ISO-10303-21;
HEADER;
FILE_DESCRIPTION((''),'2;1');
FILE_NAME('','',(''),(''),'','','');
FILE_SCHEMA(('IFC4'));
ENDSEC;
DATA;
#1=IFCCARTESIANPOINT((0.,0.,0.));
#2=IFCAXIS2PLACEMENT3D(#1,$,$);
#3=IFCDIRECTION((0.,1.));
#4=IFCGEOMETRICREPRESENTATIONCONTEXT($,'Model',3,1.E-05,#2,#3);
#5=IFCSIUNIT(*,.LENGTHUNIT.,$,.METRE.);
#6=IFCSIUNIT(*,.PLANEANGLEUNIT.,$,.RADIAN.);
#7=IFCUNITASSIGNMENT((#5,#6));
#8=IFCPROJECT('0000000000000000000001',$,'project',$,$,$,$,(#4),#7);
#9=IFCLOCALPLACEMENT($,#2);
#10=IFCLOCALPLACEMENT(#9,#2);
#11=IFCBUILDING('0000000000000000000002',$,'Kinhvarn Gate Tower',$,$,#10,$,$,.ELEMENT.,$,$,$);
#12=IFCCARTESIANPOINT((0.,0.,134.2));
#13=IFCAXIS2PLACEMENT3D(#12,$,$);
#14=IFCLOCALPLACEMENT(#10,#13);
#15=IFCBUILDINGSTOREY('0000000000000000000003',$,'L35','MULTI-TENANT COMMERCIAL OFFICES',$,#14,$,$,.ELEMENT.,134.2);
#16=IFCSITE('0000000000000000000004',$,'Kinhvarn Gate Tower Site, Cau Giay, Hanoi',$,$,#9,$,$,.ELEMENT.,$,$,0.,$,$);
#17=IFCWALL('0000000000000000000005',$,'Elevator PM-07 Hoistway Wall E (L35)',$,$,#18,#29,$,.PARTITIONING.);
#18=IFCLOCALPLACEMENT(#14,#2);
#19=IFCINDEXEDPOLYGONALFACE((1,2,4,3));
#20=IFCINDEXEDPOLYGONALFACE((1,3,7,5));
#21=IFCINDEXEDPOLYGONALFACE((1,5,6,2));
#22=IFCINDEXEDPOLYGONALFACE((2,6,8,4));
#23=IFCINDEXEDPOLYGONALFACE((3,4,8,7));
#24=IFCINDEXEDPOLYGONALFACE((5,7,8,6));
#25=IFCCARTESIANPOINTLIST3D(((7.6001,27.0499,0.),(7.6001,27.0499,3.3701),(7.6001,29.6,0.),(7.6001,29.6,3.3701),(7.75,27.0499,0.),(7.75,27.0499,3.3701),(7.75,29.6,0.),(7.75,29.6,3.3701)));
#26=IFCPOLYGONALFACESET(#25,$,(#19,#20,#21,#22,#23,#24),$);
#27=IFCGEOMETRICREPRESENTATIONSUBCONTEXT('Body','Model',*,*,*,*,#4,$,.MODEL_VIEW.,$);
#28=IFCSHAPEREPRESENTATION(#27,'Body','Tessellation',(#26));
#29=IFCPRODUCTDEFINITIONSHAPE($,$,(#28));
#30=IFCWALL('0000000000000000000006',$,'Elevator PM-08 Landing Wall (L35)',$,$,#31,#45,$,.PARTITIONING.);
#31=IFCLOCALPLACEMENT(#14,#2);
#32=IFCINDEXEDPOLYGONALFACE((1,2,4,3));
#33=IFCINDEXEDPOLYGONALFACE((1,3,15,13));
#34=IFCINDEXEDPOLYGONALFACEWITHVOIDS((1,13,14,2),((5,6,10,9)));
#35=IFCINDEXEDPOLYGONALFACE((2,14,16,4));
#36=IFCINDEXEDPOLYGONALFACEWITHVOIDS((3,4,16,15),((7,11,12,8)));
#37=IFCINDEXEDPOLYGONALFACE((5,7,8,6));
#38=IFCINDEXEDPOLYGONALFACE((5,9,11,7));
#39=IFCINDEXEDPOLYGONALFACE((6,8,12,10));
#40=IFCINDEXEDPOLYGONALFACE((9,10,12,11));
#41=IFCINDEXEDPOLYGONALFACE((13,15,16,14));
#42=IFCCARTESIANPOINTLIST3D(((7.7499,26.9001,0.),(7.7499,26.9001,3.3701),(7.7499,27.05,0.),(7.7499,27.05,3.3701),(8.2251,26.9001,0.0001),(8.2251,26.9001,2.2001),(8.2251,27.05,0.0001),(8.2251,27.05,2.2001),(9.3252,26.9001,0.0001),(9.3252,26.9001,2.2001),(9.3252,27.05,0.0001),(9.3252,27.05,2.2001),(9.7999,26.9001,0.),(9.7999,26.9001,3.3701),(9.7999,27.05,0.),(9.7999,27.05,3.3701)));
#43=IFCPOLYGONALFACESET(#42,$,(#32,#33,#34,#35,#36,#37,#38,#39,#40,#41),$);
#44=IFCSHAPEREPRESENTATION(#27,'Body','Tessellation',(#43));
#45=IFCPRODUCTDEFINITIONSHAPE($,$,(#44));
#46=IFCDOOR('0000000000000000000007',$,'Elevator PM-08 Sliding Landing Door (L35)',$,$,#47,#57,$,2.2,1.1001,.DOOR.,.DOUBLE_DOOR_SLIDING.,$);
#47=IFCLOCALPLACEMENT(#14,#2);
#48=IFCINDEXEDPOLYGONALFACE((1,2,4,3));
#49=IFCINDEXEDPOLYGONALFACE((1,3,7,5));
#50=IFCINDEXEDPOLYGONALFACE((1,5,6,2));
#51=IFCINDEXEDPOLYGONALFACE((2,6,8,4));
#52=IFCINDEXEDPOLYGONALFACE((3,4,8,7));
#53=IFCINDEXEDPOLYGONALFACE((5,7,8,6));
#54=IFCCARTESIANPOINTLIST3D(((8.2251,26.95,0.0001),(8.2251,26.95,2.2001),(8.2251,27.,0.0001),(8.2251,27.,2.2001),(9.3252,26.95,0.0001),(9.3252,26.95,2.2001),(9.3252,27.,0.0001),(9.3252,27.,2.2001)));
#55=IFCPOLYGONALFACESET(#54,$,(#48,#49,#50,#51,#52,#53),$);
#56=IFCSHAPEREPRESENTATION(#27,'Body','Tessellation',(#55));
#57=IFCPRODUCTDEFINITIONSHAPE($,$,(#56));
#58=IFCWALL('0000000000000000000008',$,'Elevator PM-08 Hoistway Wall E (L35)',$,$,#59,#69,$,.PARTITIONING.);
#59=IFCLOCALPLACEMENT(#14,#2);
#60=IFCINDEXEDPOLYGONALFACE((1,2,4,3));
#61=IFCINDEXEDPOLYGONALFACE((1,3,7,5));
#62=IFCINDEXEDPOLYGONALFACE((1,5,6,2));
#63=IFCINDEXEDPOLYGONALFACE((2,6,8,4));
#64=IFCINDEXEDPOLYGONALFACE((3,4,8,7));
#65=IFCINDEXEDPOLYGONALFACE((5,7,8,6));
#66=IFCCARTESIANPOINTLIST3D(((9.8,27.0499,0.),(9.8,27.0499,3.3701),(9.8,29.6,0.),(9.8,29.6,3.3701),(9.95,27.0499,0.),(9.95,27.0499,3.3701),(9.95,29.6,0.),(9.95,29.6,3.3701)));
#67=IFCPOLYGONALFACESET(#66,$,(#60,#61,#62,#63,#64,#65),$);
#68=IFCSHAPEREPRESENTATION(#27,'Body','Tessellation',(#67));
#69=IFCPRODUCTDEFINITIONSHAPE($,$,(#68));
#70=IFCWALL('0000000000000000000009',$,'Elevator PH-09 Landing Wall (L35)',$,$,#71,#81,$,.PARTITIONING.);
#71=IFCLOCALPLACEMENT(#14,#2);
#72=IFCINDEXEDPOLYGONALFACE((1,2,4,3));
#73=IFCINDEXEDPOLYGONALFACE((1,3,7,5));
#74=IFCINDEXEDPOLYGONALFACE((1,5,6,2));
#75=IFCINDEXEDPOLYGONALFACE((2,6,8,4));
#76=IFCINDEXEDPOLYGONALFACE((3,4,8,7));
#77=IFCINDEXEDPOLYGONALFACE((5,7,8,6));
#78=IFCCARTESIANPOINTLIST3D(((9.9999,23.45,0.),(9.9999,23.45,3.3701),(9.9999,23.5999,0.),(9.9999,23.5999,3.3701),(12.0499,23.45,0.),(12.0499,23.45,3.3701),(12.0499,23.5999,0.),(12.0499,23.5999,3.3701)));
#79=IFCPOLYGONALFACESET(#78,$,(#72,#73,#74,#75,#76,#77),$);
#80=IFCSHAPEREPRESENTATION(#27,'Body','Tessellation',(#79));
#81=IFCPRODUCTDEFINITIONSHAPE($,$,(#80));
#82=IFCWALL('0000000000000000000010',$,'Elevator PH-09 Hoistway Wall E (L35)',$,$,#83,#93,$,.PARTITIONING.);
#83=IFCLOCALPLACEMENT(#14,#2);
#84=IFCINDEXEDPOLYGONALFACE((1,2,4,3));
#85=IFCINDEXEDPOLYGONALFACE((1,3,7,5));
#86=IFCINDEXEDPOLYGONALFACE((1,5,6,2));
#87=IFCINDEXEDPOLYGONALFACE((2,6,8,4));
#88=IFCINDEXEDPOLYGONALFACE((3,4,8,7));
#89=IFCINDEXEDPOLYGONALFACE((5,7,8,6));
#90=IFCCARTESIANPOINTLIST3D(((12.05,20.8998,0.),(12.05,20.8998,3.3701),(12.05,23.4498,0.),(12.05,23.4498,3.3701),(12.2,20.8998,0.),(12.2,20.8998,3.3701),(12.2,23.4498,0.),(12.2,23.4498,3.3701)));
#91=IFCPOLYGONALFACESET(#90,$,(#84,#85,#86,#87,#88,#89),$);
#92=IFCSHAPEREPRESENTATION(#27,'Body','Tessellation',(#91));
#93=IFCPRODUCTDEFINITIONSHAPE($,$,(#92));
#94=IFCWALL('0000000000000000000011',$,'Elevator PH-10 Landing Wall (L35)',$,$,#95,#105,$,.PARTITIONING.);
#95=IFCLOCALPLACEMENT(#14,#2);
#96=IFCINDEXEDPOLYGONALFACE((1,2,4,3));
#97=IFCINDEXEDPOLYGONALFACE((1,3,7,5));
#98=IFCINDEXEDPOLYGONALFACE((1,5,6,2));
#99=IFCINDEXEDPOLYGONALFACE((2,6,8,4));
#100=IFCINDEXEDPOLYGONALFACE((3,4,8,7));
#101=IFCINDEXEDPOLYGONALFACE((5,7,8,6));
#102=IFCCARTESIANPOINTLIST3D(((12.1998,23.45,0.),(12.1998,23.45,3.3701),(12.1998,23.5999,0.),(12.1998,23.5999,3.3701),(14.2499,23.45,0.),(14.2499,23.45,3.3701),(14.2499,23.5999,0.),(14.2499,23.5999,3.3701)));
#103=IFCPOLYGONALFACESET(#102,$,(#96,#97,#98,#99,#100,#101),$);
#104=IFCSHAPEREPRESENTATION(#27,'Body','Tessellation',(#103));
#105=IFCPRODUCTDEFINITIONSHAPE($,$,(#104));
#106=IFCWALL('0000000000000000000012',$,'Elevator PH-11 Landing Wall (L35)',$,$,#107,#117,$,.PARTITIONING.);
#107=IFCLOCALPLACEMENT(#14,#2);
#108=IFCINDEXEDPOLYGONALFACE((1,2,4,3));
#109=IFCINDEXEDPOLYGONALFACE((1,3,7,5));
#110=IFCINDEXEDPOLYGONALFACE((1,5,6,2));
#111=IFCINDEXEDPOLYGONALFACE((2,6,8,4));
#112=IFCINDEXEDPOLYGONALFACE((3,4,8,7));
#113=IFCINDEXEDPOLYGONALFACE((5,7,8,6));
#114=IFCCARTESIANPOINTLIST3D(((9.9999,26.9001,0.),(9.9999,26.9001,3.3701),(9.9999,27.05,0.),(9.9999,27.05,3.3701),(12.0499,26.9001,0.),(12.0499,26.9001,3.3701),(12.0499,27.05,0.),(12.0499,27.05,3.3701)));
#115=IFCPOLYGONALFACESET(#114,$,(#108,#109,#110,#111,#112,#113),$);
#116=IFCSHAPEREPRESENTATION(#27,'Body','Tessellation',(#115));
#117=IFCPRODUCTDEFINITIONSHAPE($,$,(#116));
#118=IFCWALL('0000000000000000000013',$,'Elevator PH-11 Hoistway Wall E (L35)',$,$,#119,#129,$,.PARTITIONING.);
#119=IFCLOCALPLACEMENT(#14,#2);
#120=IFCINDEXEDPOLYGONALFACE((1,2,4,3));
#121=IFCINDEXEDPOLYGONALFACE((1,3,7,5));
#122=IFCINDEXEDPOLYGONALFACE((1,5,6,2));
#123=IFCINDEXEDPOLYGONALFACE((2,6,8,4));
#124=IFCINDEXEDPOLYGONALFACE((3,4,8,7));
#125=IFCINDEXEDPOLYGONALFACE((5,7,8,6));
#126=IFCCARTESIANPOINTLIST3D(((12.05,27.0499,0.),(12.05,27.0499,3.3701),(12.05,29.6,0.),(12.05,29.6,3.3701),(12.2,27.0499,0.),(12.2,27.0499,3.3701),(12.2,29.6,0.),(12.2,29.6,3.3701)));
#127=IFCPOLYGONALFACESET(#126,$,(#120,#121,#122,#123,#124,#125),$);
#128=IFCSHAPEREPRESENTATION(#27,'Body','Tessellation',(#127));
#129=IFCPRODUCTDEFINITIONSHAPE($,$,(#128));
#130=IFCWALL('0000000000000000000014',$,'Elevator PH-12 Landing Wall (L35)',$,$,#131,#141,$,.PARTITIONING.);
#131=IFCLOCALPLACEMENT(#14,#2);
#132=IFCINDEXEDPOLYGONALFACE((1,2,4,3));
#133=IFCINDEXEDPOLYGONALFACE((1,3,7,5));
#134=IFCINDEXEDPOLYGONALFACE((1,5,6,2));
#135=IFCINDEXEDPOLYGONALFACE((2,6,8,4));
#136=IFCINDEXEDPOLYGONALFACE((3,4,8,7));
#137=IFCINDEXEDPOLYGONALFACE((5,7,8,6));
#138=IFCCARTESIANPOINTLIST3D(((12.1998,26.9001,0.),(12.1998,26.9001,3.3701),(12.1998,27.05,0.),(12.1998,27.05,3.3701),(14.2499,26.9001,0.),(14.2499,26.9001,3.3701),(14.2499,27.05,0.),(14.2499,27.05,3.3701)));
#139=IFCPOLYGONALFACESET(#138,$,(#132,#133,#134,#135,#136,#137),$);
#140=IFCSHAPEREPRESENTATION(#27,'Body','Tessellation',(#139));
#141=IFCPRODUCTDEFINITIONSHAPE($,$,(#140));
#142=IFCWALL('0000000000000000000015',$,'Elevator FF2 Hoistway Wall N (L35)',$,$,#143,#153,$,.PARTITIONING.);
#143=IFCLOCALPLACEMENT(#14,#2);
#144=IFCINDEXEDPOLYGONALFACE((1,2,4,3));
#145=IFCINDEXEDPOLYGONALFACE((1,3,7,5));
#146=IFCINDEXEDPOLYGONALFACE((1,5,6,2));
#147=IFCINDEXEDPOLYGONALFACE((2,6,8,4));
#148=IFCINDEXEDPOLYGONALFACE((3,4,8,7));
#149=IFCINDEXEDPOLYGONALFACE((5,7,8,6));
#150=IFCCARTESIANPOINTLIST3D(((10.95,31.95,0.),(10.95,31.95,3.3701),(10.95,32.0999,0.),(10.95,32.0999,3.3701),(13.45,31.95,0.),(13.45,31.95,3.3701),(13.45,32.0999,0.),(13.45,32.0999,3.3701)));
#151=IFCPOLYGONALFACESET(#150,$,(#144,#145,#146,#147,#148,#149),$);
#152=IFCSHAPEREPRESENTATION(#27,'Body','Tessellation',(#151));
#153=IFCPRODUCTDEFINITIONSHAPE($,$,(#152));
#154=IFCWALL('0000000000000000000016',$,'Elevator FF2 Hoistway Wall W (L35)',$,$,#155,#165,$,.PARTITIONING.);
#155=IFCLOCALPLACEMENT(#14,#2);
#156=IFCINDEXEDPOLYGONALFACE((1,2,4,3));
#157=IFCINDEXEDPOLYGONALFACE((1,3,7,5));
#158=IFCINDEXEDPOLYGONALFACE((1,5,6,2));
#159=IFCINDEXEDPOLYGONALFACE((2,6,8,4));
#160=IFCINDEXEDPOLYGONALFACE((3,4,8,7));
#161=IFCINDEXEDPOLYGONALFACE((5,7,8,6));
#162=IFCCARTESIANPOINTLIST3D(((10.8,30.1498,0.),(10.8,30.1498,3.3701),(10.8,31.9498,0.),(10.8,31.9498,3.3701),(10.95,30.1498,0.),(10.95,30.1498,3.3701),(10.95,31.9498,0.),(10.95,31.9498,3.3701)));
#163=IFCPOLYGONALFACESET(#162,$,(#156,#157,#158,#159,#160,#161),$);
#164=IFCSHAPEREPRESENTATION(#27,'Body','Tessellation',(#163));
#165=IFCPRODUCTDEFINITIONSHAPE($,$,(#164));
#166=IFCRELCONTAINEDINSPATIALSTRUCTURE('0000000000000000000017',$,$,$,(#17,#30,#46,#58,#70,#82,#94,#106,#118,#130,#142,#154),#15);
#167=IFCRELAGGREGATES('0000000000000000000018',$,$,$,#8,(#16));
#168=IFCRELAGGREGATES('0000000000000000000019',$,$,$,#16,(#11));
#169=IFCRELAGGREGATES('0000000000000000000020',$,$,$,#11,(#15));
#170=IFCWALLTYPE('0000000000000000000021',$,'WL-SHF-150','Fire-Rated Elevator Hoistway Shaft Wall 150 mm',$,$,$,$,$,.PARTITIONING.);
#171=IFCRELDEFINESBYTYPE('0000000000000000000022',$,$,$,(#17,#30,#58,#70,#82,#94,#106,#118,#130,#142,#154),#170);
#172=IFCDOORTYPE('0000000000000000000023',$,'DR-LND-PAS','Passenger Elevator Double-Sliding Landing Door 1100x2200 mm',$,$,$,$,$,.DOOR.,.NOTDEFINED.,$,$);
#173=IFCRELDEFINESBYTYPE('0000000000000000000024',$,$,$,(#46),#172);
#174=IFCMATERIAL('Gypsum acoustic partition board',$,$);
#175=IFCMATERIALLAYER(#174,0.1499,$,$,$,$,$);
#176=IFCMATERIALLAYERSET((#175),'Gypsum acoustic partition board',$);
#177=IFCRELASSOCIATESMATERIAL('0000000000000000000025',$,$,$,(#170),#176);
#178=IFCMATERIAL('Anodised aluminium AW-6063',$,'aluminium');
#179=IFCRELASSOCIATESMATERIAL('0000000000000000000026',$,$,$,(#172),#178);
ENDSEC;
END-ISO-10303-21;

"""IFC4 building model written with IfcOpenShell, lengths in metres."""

from ifc_helpers import new_model, si_unit, direction, frame, frame_2d, origin, place, context, subcontext, project, spatial, rectangle, extrude, material, layer, layer_set, type_object, element, fill, save


model = new_model("IFC4")

# Units and contexts
model_context = context("Model", 3, precision=1e-05, world=origin(), true_north=direction((0.0, 1.0)))
body_context = subcontext(model_context, "Body", "Model", "MODEL_VIEW")
ifc_project = project(units=[si_unit("LENGTHUNIT", "METRE"), si_unit("PLANEANGLEUNIT", "RADIAN")], contexts=[model_context])

# Site, building, storey
site_placement = place(None, origin())
site = spatial("IfcSite", under=ifc_project, at=site_placement, Name="Kinhvarn Gate Tower Site, Cau Giay, Hanoi", CompositionType="ELEMENT", RefElevation=0.0)
building_placement = place(site_placement, origin())
building = spatial("IfcBuilding", under=site, at=building_placement, Name="Kinhvarn Gate Tower", CompositionType="ELEMENT")
storey_placement = place(building_placement, frame((0.0, 0.0, 134.2)))
storey = spatial("IfcBuildingStorey", under=building, at=storey_placement, Name="L35", Description="MULTI-TENANT COMMERCIAL OFFICES", CompositionType="ELEMENT", Elevation=134.2)

# Shared definitions
ifc_material_1 = material(Name="Gypsum acoustic partition board")
ifc_layer_1 = layer(ifc_material_1, 0.1499)
ifc_layer_set_1 = layer_set([ifc_layer_1], Name="Gypsum acoustic partition board")
wall_type_1 = type_object("IfcWallType", Name="WL-SHF-150", Description="Fire-Rated Elevator Hoistway Shaft Wall 150 mm", PredefinedType="PARTITIONING", material=ifc_layer_set_1)
ifc_material_2 = material(Name="Anodised aluminium AW-6063", Category="aluminium")
door_type_1 = type_object("IfcDoorType", Name="DR-LND-PAS", Description="Passenger Elevator Double-Sliding Landing Door 1100x2200 mm", OperationType="NOTDEFINED", PredefinedType="DOOR", material=ifc_material_2)

# Wall
for number, where, z_axis, x_axis, name in (
    (1, (7.675, 27.05, 0.0), (0.0, 0.0, 1.0), (0.0, 1.0, 0.0), "Elevator PM-07 Hoistway Wall E (L35)"),
):
    element("IfcWall", number, at=place(storey_placement, frame(where, z_axis=z_axis, x_axis=x_axis)), inside=storey, type_object=wall_type_1, Name=name, PredefinedType="PARTITIONING", context=body_context, shape_type="SweptSolid", body=[
        extrude(rectangle(XDim=2.55, YDim=0.1499, at=frame_2d((1.2749, 0.0))), origin(), (0.0, 0.0, 1.0), 3.3701),
    ])

# Wall, opening, door
wall_1_placement = place(storey_placement, frame((7.75, 26.9751, 0.0), z_axis=(0.0, 0.0, 1.0), x_axis=(1.0, 0.0, 0.0)))
wall_1 = element("IfcWall", 2, at=wall_1_placement, inside=storey, type_object=wall_type_1, Name="Elevator PM-08 Landing Wall (L35)", PredefinedType="PARTITIONING", context=body_context, shape_type="SweptSolid", body=[
    extrude(rectangle(XDim=2.05, YDim=0.1499, at=frame_2d((1.0249, 0.0))), origin(), (0.0, 0.0, 1.0), 3.3701),
])
opening_1_placement = place(wall_1_placement, frame((0.4751, 0.0, 0.0)))
opening_1 = element("IfcOpeningElement", 3, at=opening_1_placement, cuts=wall_1, PredefinedType="OPENING", context=body_context, shape_type="SweptSolid", body=[
    extrude(rectangle(XDim=1.1001, YDim=2.2, at=frame_2d((0.55, 1.1001))), frame((0.0, 0.085, 0.0), z_axis=(0.0, -1.0, 0.0), x_axis=(1.0, 0.0, 0.0)), (0.0, 0.0, 1.0), 0.1699),
])
door_1_placement = place(opening_1_placement, origin())
door_1 = element("IfcDoor", 4, at=door_1_placement, inside=storey, type_object=door_type_1, Name="Elevator PM-08 Sliding Landing Door (L35)", OperationType="DOUBLE_DOOR_SLIDING", OverallHeight=2.2, OverallWidth=1.1001, PredefinedType="DOOR", context=body_context, shape_type="SweptSolid", body=[
    extrude(rectangle(XDim=1.1001, YDim=2.2, at=frame_2d((0.55, 1.1001))), frame((0.0, 0.0249, 0.0), z_axis=(0.0, -1.0, 0.0), x_axis=(1.0, 0.0, 0.0)), (0.0, 0.0, 1.0), 0.05),
])
fill(opening_1, door_1)

# Walls
wall_2_placement = place(storey_placement, frame((9.875, 27.05, 0.0), z_axis=(0.0, 0.0, 1.0), x_axis=(0.0, 1.0, 0.0)))
element("IfcWall", 5, at=wall_2_placement, inside=storey, type_object=wall_type_1, Name="Elevator PM-08 Hoistway Wall E (L35)", PredefinedType="PARTITIONING", context=body_context, shape_type="SweptSolid", body=[
    extrude(rectangle(XDim=2.55, YDim=0.1499, at=frame_2d((1.2749, 0.0))), origin(), (0.0, 0.0, 1.0), 3.3701),
])
wall_3_placement = place(storey_placement, frame((10.0, 23.5249, 0.0), z_axis=(0.0, 0.0, 1.0), x_axis=(1.0, 0.0, 0.0)))
element("IfcWall", 6, at=wall_3_placement, inside=storey, type_object=wall_type_1, Name="Elevator PH-09 Landing Wall (L35)", PredefinedType="PARTITIONING", context=body_context, shape_type="SweptSolid", body=[
    extrude(rectangle(XDim=2.05, YDim=0.1499, at=frame_2d((1.0249, 0.0))), origin(), (0.0, 0.0, 1.0), 3.3701),
])
wall_4_placement = place(storey_placement, frame((12.125, 20.8999, 0.0), z_axis=(0.0, 0.0, 1.0), x_axis=(0.0, 1.0, 0.0)))
element("IfcWall", 7, at=wall_4_placement, inside=storey, type_object=wall_type_1, Name="Elevator PH-09 Hoistway Wall E (L35)", PredefinedType="PARTITIONING", context=body_context, shape_type="SweptSolid", body=[
    extrude(rectangle(XDim=2.55, YDim=0.1499, at=frame_2d((1.2749, 0.0))), origin(), (0.0, 0.0, 1.0), 3.3701),
])
for number, where, z_axis, x_axis, name in (
    (8, (12.2, 23.5249, 0.0), (0.0, 0.0, 1.0), (1.0, 0.0, 0.0), "Elevator PH-10 Landing Wall (L35)"),
    (9, (10.0, 26.9751, 0.0), (0.0, 0.0, 1.0), (1.0, 0.0, 0.0), "Elevator PH-11 Landing Wall (L35)"),
):
    element("IfcWall", number, at=place(storey_placement, frame(where, z_axis=z_axis, x_axis=x_axis)), inside=storey, type_object=wall_type_1, Name=name, PredefinedType="PARTITIONING", context=body_context, shape_type="SweptSolid", body=[
        extrude(rectangle(XDim=2.05, YDim=0.1499, at=frame_2d((1.0249, 0.0))), origin(), (0.0, 0.0, 1.0), 3.3701),
    ])
wall_5_placement = place(storey_placement, frame((12.125, 27.05, 0.0), z_axis=(0.0, 0.0, 1.0), x_axis=(0.0, 1.0, 0.0)))
element("IfcWall", 10, at=wall_5_placement, inside=storey, type_object=wall_type_1, Name="Elevator PH-11 Hoistway Wall E (L35)", PredefinedType="PARTITIONING", context=body_context, shape_type="SweptSolid", body=[
    extrude(rectangle(XDim=2.55, YDim=0.1499, at=frame_2d((1.2749, 0.0))), origin(), (0.0, 0.0, 1.0), 3.3701),
])
wall_6_placement = place(storey_placement, frame((12.2, 26.9751, 0.0), z_axis=(0.0, 0.0, 1.0), x_axis=(1.0, 0.0, 0.0)))
element("IfcWall", 11, at=wall_6_placement, inside=storey, type_object=wall_type_1, Name="Elevator PH-12 Landing Wall (L35)", PredefinedType="PARTITIONING", context=body_context, shape_type="SweptSolid", body=[
    extrude(rectangle(XDim=2.05, YDim=0.1499, at=frame_2d((1.0249, 0.0))), origin(), (0.0, 0.0, 1.0), 3.3701),
])
wall_7_placement = place(storey_placement, frame((10.95, 32.0249, 0.0), z_axis=(0.0, 0.0, 1.0), x_axis=(1.0, 0.0, 0.0)))
element("IfcWall", 12, at=wall_7_placement, inside=storey, type_object=wall_type_1, Name="Elevator FF2 Hoistway Wall N (L35)", PredefinedType="PARTITIONING", context=body_context, shape_type="SweptSolid", body=[
    extrude(rectangle(XDim=2.5, YDim=0.1499, at=frame_2d((1.25, 0.0))), origin(), (0.0, 0.0, 1.0), 3.3701),
])
wall_8_placement = place(storey_placement, frame((10.875, 30.1499, 0.0), z_axis=(0.0, 0.0, 1.0), x_axis=(0.0, 1.0, 0.0)))
element("IfcWall", 13, at=wall_8_placement, inside=storey, type_object=wall_type_1, Name="Elevator FF2 Hoistway Wall W (L35)", PredefinedType="PARTITIONING", context=body_context, shape_type="SweptSolid", body=[
    extrude(rectangle(XDim=1.8, YDim=0.1499, at=frame_2d((0.8999, 0.0))), origin(), (0.0, 0.0, 1.0), 3.3701),
])

save(model, "model.ifc")
